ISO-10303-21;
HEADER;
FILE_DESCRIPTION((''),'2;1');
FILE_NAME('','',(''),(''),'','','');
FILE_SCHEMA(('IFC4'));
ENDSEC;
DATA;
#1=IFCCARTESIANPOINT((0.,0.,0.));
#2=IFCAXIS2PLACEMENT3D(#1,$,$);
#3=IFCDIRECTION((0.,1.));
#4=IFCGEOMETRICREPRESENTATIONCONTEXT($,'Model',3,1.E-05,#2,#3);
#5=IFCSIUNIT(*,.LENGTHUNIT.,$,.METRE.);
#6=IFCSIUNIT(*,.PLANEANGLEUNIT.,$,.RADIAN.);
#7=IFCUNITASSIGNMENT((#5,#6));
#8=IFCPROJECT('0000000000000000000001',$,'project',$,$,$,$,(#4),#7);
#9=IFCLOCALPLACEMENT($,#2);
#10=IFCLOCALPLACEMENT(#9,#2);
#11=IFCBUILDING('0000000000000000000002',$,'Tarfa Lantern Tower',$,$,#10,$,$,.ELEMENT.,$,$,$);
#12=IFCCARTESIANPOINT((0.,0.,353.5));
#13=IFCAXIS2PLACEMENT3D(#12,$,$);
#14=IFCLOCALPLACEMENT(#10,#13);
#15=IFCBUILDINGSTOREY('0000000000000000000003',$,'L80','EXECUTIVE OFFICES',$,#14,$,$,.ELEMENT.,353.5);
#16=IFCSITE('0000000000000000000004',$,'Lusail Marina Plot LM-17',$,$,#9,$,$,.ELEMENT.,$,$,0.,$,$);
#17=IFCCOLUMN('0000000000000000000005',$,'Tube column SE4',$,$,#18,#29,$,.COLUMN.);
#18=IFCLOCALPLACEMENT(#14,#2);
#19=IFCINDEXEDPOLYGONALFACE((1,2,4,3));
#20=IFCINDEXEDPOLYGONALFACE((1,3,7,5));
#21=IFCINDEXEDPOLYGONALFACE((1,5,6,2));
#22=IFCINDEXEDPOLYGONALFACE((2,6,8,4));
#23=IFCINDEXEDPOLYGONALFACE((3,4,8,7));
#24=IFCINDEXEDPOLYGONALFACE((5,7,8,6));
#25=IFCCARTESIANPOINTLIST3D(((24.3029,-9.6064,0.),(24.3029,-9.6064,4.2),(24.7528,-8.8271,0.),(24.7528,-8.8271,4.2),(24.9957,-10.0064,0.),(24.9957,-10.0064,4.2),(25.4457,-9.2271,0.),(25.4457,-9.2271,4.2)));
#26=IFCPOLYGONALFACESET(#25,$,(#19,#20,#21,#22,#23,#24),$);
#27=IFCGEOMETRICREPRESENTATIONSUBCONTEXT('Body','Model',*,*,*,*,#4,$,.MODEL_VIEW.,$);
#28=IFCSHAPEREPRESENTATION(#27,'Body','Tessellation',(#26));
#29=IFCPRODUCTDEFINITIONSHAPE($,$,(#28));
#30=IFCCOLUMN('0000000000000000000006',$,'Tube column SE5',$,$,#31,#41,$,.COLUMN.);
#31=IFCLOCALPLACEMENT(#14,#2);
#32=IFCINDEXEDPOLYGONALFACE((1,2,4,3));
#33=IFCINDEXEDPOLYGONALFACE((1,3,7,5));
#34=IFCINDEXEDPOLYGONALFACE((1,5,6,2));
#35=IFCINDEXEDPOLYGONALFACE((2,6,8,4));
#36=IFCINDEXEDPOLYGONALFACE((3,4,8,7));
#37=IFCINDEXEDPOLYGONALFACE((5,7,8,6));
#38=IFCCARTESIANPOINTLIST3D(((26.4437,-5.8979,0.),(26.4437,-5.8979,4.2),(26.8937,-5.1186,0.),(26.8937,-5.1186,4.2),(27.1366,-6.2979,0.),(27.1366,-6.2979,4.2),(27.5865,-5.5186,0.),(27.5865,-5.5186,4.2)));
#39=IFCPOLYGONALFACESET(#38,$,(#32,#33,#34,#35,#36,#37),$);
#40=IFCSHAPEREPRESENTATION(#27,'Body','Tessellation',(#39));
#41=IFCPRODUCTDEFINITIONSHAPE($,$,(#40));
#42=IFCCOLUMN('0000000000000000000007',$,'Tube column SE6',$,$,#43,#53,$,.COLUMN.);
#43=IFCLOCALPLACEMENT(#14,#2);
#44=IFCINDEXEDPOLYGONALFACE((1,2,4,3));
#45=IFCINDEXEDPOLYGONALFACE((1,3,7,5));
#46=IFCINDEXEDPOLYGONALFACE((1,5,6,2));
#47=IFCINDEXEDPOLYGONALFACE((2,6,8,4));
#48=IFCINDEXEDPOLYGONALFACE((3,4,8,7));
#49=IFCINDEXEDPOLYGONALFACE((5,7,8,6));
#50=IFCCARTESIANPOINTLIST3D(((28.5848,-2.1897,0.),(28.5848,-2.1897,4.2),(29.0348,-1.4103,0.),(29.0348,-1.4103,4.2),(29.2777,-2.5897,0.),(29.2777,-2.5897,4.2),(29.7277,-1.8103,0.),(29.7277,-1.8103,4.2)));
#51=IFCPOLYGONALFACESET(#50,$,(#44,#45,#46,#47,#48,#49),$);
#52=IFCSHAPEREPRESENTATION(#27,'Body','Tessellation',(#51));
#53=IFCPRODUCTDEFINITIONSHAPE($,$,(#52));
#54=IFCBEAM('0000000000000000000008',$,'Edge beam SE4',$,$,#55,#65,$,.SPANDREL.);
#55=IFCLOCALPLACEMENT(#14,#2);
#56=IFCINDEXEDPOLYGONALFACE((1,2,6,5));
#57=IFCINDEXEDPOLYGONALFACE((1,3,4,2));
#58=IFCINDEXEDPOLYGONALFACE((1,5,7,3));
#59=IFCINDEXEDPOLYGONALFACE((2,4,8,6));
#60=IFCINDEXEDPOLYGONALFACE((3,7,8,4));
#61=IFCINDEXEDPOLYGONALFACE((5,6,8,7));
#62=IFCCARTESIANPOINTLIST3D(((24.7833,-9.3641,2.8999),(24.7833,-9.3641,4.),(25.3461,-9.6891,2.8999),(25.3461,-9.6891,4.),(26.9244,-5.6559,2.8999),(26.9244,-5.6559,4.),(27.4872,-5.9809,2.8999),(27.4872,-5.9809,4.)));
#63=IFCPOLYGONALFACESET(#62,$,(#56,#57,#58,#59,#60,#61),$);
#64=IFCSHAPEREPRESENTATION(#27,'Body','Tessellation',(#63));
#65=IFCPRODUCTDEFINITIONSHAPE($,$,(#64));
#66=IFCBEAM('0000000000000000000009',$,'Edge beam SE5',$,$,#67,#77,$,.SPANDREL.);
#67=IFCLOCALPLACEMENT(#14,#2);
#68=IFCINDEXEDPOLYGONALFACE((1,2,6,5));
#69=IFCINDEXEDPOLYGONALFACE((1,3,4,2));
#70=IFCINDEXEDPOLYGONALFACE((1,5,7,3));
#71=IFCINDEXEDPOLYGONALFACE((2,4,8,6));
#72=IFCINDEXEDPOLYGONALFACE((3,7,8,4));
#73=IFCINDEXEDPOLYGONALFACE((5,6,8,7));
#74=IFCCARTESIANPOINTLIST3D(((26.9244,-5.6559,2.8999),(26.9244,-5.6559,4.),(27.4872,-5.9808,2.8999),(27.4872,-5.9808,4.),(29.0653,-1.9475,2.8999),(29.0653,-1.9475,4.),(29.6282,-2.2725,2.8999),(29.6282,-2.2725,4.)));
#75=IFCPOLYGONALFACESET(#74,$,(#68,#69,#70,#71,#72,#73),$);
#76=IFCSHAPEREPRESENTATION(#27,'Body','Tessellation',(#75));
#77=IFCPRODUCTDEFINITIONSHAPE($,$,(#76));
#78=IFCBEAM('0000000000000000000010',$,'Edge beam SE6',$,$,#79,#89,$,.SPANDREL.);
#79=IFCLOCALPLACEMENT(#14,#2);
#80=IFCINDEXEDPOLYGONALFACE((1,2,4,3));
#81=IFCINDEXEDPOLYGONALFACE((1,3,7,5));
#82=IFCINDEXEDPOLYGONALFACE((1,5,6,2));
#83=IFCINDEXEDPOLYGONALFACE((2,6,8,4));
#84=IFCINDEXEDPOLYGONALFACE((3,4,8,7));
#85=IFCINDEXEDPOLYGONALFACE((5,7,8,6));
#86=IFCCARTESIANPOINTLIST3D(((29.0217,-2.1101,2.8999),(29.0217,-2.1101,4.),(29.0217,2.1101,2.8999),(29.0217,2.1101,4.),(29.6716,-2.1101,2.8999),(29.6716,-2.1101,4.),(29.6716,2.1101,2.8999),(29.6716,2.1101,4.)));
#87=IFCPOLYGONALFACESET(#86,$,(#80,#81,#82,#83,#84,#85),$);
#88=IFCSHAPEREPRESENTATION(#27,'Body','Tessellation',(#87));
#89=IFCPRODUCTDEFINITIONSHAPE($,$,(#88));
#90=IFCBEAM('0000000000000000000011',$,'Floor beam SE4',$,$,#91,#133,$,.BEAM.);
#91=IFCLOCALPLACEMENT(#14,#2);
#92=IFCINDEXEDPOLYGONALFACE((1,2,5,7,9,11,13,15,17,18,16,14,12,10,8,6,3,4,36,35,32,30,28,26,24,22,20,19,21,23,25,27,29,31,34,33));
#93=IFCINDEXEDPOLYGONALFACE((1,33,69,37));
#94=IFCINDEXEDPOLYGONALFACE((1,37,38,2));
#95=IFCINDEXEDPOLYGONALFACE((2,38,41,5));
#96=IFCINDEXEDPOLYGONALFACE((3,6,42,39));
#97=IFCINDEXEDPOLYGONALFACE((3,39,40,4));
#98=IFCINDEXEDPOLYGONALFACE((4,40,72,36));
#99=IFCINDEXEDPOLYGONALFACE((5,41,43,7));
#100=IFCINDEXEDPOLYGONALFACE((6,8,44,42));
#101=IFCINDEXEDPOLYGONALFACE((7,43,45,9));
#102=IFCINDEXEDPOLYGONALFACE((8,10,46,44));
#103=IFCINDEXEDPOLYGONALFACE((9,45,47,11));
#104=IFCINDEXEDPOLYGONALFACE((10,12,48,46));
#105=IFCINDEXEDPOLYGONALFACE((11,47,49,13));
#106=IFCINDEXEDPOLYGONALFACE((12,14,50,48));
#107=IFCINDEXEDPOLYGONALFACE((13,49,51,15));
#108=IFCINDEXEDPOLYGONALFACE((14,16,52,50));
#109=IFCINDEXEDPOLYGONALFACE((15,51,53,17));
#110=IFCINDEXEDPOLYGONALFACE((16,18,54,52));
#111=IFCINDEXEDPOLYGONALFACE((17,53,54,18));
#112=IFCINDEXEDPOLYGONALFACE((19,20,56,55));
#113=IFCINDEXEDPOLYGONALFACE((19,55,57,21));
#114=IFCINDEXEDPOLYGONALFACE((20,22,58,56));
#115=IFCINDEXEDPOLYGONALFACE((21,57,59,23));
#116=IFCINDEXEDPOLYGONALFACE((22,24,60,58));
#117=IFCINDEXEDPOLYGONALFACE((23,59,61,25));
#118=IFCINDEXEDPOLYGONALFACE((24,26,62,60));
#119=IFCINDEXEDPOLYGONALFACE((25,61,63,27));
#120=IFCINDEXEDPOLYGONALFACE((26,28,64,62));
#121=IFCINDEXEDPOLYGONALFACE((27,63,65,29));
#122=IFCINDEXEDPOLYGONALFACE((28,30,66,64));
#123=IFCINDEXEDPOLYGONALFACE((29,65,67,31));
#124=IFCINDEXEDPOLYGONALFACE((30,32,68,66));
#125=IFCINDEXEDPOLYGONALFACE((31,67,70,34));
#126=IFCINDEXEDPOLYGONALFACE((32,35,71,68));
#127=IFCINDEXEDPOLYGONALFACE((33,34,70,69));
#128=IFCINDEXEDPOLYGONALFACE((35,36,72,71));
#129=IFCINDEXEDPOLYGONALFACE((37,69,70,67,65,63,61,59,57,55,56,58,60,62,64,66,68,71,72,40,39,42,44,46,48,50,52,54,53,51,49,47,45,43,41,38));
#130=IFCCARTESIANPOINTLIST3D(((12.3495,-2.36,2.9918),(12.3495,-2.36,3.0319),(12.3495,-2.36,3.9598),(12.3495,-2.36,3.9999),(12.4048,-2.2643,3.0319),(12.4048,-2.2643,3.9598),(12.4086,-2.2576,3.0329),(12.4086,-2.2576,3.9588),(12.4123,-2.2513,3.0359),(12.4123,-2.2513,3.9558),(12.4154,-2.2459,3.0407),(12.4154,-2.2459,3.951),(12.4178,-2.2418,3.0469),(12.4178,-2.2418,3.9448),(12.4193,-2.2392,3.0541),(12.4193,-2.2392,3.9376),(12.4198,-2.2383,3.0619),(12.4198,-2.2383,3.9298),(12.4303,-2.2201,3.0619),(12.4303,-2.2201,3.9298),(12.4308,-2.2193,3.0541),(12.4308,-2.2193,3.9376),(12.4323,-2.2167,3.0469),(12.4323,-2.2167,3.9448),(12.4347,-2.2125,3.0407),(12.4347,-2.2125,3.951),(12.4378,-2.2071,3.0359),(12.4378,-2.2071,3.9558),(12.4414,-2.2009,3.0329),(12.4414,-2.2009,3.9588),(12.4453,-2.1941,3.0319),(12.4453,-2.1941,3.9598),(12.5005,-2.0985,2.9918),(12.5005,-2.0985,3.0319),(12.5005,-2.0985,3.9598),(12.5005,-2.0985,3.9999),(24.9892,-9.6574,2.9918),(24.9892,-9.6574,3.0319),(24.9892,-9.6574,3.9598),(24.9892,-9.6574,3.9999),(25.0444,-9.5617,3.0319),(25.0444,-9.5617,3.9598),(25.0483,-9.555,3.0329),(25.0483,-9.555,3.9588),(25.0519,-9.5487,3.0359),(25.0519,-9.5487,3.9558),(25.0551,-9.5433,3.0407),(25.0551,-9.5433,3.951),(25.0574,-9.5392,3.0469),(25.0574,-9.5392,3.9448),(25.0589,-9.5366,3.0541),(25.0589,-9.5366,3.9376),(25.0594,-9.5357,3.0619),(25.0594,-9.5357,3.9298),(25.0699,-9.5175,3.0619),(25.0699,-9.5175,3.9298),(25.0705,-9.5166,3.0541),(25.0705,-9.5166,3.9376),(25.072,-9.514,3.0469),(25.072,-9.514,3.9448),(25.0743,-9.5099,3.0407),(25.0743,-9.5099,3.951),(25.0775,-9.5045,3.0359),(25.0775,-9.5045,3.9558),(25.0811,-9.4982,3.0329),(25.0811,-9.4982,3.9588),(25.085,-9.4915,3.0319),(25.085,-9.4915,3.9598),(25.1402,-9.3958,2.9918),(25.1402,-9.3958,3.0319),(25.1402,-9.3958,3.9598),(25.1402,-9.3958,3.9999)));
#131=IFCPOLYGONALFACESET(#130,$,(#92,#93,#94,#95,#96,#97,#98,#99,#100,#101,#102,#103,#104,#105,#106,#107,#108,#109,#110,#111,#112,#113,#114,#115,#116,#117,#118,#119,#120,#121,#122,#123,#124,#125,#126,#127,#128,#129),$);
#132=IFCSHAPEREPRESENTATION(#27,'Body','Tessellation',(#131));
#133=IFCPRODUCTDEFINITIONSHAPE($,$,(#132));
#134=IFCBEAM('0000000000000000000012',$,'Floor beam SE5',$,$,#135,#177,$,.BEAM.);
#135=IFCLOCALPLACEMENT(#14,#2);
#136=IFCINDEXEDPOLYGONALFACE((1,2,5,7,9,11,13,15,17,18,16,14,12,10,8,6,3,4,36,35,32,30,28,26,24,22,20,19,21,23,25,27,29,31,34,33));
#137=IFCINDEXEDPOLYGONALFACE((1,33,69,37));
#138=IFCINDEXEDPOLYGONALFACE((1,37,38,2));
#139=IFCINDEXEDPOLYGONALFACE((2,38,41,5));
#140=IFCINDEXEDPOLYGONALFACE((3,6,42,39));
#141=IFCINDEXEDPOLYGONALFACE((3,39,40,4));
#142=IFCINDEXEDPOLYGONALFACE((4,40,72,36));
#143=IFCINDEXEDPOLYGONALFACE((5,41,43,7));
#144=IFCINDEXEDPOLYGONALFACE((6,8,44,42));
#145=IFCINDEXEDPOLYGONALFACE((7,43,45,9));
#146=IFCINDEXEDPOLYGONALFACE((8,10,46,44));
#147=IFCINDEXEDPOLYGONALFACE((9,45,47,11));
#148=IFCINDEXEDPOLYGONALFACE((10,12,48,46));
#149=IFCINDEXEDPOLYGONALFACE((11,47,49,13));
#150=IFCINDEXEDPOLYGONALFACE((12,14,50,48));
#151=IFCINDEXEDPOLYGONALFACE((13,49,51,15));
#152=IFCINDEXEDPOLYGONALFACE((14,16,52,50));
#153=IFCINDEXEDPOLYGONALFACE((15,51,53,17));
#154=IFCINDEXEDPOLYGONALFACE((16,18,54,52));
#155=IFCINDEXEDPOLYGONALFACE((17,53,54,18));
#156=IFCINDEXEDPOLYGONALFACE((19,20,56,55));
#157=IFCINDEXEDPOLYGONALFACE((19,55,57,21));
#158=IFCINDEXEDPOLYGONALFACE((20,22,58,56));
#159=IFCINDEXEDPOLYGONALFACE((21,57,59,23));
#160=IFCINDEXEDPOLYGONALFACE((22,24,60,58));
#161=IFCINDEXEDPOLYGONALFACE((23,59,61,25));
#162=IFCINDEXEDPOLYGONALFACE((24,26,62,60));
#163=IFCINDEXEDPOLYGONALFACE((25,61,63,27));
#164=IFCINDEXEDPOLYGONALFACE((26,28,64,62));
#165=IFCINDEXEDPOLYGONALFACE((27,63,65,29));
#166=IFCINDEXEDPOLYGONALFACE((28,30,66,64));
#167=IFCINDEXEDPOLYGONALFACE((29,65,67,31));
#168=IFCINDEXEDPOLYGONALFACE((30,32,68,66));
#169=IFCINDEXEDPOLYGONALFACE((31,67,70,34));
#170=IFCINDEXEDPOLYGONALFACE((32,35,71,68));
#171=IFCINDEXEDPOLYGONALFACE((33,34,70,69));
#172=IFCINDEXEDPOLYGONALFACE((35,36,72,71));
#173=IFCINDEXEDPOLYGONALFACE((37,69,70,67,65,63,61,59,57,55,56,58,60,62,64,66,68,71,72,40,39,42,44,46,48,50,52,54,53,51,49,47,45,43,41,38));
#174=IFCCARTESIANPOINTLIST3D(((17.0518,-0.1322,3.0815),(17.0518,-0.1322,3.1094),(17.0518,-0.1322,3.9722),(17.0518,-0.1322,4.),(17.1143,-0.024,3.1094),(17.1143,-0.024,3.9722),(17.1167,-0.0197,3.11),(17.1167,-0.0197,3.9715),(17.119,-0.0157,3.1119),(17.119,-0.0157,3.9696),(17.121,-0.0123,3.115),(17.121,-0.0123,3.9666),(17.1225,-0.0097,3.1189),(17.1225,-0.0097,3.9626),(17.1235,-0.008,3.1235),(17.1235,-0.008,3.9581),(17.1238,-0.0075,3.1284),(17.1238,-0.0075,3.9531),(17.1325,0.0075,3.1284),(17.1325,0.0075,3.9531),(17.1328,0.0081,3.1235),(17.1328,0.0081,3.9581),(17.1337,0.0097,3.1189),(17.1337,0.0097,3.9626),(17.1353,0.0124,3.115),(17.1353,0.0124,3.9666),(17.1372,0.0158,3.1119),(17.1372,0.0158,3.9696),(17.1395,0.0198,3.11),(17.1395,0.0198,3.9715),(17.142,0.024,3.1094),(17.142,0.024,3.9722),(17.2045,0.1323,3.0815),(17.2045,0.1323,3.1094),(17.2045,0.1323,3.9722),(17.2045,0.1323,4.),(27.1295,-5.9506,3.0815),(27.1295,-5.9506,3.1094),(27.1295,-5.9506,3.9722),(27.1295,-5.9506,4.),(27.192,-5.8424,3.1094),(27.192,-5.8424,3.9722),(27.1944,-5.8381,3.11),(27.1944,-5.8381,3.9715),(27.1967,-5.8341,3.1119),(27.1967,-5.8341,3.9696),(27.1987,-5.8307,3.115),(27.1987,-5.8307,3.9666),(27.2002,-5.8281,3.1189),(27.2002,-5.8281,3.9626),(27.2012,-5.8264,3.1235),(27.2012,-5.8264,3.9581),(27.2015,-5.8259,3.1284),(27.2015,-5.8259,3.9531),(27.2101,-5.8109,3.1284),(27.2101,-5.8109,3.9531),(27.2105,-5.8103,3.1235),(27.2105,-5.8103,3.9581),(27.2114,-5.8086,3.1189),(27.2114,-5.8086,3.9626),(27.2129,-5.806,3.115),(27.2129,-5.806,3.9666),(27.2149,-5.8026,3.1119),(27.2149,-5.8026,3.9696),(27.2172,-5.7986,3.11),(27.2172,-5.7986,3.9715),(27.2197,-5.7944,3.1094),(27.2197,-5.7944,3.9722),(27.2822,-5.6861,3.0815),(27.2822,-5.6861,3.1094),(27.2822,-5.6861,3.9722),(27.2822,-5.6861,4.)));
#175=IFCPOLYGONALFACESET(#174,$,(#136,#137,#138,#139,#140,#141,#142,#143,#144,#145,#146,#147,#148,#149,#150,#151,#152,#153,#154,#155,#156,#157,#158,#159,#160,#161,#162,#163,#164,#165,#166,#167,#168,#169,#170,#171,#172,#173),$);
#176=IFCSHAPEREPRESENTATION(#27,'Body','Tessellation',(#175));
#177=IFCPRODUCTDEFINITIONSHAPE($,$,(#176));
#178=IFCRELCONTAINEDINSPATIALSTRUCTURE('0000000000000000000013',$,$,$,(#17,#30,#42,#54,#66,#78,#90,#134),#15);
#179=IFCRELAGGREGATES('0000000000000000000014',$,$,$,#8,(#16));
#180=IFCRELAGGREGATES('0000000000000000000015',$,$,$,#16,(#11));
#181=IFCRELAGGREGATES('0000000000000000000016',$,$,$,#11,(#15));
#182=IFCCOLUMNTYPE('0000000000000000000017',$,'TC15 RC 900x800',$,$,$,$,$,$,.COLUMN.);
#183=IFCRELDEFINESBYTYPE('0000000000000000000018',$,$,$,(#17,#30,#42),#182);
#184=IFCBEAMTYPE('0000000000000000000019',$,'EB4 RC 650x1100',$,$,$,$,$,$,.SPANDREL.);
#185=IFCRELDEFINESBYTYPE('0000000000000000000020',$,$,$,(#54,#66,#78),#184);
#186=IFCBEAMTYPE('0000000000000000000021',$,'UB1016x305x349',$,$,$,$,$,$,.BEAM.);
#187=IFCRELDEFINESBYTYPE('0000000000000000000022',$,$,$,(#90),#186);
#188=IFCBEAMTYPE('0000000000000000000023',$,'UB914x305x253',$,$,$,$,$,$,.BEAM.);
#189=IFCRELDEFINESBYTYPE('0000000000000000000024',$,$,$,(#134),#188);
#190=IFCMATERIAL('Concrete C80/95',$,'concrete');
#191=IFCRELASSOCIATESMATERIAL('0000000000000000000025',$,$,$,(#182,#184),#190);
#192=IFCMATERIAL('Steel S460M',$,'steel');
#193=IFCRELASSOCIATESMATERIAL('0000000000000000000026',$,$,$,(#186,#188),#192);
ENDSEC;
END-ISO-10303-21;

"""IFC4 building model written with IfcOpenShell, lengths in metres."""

from ifc_helpers import new_model, si_unit, direction, frame, origin, origin_2d, place, context, subcontext, project, spatial, rectangle, i_section, extrude, material, material_profile, profile_set, type_object, element, save


model = new_model("IFC4")

# Units and contexts
model_context = context("Model", 3, precision=1e-05, world=origin(), true_north=direction((0.0, 1.0)))
body_context = subcontext(model_context, "Body", "Model", "MODEL_VIEW")
ifc_project = project(units=[si_unit("LENGTHUNIT", "METRE"), si_unit("PLANEANGLEUNIT", "RADIAN")], contexts=[model_context])

# Site, building, storey
site_placement = place(None, origin())
site = spatial("IfcSite", under=ifc_project, at=site_placement, Name="Lusail Marina Plot LM-17", CompositionType="ELEMENT", RefElevation=0.0)
building_placement = place(site_placement, origin())
building = spatial("IfcBuilding", under=site, at=building_placement, Name="Tarfa Lantern Tower", CompositionType="ELEMENT")
storey_placement = place(building_placement, frame((0.0, 0.0, 353.5)))
storey = spatial("IfcBuildingStorey", under=building, at=storey_placement, Name="L80", Description="EXECUTIVE OFFICES", CompositionType="ELEMENT", Elevation=353.5)

# Columns
ifc_material_1 = material(Name="Concrete C80/95", Category="concrete")
ifc_material_profile_1 = material_profile(ifc_material_1, rectangle(XDim=0.8999, YDim=0.8, at=origin_2d()), Name="RC 900x800")
ifc_profile_set_1 = profile_set([ifc_material_profile_1], Name="Concrete C80/95")
column_type = type_object("IfcColumnType", Name="TC15 RC 900x800", PredefinedType="COLUMN", material=ifc_profile_set_1)
for number, where, z_axis, x_axis, name in (
    (1, (24.8743, -9.4167, 0.0), (0.0, 0.0, 1.0), (0.5, 0.866025, 0.0), "Tube column SE4"),
    (2, (27.0151, -5.7083, 0.0), (0.0, 0.0, 1.0), (0.5, 0.866025, 0.0), "Tube column SE5"),
    (3, (29.1562, -2.0, 0.0), (0.0, 0.0, 1.0), (0.5, 0.866025, 0.0), "Tube column SE6"),
):
    element("IfcColumn", number, at=place(storey_placement, frame(where, z_axis=z_axis, x_axis=x_axis)), inside=storey, type_object=column_type, Name=name, PredefinedType="COLUMN", context=body_context, shape_type="SweptSolid", body=[
        extrude(rectangle(XDim=0.8999, YDim=0.8, at=origin_2d()), origin(), (0.0, 0.0, 1.0), 4.2),
    ])

# Beams
ifc_material_profile_2 = material_profile(ifc_material_1, rectangle(XDim=0.6499, YDim=1.1001, at=origin_2d()), Name="RC 650x1100")
ifc_profile_set_2 = profile_set([ifc_material_profile_2], Name="Concrete C80/95")
beam_type_1 = type_object("IfcBeamType", Name="EB4 RC 650x1100", PredefinedType="SPANDREL", material=ifc_profile_set_2)
for number, where, z_axis, x_axis, name in (
    (4, (25.0647, -9.5266, 3.45), (0.500027, 0.86601, 0.0), (-0.86601, 0.500027, 0.0), "Edge beam SE4"),
    (5, (27.2058, -5.8184, 3.45), (0.499984, 0.866035, 0.0), (-0.866035, 0.499984, 0.0), "Edge beam SE5"),
):
    element("IfcBeam", number, at=place(storey_placement, frame(where, z_axis=z_axis, x_axis=x_axis)), inside=storey, type_object=beam_type_1, Name=name, PredefinedType="SPANDREL", context=body_context, shape_type="SweptSolid", body=[
        extrude(rectangle(XDim=0.6499, YDim=1.1001, at=origin_2d()), origin(), (0.0, 0.0, 1.0), 4.282),
    ])
beam_1_placement = place(storey_placement, frame((29.3467, -2.1101, 3.45), z_axis=(0.0, 1.0, 0.0), x_axis=(-1.0, 0.0, 0.0)))
element("IfcBeam", 6, at=beam_1_placement, inside=storey, type_object=beam_type_1, Name="Edge beam SE6", PredefinedType="SPANDREL", context=body_context, shape_type="SweptSolid", body=[
    extrude(rectangle(XDim=0.6499, YDim=1.1001, at=origin_2d()), origin(), (0.0, 0.0, 1.0), 4.2202),
])
ifc_material_2 = material(Name="Steel S460M", Category="steel")
ifc_material_profile_3 = material_profile(ifc_material_2, i_section(OverallWidth=0.302, OverallDepth=1.0081, WebThickness=0.021, FlangeThickness=0.04, FilletRadius=0.03, at=origin_2d()), Name="UB1016x305x349")
ifc_profile_set_3 = profile_set([ifc_material_profile_3], Name="Steel S460M")
beam_type_2 = type_object("IfcBeamType", Name="UB1016x305x349", PredefinedType="BEAM", material=ifc_profile_set_3)
beam_2_placement = place(storey_placement, frame((25.0647, -9.5266, 3.4958), z_axis=(-0.86603, 0.499993, 0.0), x_axis=(-0.499993, -0.86603, 0.0)))
element("IfcBeam", 7, at=beam_2_placement, inside=storey, type_object=beam_type_2, Name="Floor beam SE4", PredefinedType="BEAM", context=body_context, shape_type="SweptSolid", body=[
    extrude(i_section(OverallWidth=0.302, OverallDepth=1.0081, WebThickness=0.021, FlangeThickness=0.04, FilletRadius=0.03, at=origin_2d()), origin(), (0.0, 0.0, 1.0), 14.595),
])
ifc_material_profile_4 = material_profile(ifc_material_2, i_section(OverallWidth=0.3054, OverallDepth=0.9185, WebThickness=0.0173, FlangeThickness=0.0278, FilletRadius=0.019, at=origin_2d()), Name="UB914x305x253")
ifc_profile_set_4 = profile_set([ifc_material_profile_4], Name="Steel S460M")
beam_type_3 = type_object("IfcBeamType", Name="UB914x305x253", PredefinedType="BEAM", material=ifc_profile_set_4)
beam_3_placement = place(storey_placement, frame((27.2058, -5.8184, 3.5408), z_axis=(-0.866024, 0.500002, 0.0), x_axis=(-0.500002, -0.866024, 0.0)))
element("IfcBeam", 8, at=beam_3_placement, inside=storey, type_object=beam_type_3, Name="Floor beam SE5", PredefinedType="BEAM", context=body_context, shape_type="SweptSolid", body=[
    extrude(i_section(OverallWidth=0.3054, OverallDepth=0.9185, WebThickness=0.0173, FlangeThickness=0.0278, FilletRadius=0.019, at=origin_2d()), origin(), (0.0, 0.0, 1.0), 11.6367),
])

save(model, "model.ifc")
